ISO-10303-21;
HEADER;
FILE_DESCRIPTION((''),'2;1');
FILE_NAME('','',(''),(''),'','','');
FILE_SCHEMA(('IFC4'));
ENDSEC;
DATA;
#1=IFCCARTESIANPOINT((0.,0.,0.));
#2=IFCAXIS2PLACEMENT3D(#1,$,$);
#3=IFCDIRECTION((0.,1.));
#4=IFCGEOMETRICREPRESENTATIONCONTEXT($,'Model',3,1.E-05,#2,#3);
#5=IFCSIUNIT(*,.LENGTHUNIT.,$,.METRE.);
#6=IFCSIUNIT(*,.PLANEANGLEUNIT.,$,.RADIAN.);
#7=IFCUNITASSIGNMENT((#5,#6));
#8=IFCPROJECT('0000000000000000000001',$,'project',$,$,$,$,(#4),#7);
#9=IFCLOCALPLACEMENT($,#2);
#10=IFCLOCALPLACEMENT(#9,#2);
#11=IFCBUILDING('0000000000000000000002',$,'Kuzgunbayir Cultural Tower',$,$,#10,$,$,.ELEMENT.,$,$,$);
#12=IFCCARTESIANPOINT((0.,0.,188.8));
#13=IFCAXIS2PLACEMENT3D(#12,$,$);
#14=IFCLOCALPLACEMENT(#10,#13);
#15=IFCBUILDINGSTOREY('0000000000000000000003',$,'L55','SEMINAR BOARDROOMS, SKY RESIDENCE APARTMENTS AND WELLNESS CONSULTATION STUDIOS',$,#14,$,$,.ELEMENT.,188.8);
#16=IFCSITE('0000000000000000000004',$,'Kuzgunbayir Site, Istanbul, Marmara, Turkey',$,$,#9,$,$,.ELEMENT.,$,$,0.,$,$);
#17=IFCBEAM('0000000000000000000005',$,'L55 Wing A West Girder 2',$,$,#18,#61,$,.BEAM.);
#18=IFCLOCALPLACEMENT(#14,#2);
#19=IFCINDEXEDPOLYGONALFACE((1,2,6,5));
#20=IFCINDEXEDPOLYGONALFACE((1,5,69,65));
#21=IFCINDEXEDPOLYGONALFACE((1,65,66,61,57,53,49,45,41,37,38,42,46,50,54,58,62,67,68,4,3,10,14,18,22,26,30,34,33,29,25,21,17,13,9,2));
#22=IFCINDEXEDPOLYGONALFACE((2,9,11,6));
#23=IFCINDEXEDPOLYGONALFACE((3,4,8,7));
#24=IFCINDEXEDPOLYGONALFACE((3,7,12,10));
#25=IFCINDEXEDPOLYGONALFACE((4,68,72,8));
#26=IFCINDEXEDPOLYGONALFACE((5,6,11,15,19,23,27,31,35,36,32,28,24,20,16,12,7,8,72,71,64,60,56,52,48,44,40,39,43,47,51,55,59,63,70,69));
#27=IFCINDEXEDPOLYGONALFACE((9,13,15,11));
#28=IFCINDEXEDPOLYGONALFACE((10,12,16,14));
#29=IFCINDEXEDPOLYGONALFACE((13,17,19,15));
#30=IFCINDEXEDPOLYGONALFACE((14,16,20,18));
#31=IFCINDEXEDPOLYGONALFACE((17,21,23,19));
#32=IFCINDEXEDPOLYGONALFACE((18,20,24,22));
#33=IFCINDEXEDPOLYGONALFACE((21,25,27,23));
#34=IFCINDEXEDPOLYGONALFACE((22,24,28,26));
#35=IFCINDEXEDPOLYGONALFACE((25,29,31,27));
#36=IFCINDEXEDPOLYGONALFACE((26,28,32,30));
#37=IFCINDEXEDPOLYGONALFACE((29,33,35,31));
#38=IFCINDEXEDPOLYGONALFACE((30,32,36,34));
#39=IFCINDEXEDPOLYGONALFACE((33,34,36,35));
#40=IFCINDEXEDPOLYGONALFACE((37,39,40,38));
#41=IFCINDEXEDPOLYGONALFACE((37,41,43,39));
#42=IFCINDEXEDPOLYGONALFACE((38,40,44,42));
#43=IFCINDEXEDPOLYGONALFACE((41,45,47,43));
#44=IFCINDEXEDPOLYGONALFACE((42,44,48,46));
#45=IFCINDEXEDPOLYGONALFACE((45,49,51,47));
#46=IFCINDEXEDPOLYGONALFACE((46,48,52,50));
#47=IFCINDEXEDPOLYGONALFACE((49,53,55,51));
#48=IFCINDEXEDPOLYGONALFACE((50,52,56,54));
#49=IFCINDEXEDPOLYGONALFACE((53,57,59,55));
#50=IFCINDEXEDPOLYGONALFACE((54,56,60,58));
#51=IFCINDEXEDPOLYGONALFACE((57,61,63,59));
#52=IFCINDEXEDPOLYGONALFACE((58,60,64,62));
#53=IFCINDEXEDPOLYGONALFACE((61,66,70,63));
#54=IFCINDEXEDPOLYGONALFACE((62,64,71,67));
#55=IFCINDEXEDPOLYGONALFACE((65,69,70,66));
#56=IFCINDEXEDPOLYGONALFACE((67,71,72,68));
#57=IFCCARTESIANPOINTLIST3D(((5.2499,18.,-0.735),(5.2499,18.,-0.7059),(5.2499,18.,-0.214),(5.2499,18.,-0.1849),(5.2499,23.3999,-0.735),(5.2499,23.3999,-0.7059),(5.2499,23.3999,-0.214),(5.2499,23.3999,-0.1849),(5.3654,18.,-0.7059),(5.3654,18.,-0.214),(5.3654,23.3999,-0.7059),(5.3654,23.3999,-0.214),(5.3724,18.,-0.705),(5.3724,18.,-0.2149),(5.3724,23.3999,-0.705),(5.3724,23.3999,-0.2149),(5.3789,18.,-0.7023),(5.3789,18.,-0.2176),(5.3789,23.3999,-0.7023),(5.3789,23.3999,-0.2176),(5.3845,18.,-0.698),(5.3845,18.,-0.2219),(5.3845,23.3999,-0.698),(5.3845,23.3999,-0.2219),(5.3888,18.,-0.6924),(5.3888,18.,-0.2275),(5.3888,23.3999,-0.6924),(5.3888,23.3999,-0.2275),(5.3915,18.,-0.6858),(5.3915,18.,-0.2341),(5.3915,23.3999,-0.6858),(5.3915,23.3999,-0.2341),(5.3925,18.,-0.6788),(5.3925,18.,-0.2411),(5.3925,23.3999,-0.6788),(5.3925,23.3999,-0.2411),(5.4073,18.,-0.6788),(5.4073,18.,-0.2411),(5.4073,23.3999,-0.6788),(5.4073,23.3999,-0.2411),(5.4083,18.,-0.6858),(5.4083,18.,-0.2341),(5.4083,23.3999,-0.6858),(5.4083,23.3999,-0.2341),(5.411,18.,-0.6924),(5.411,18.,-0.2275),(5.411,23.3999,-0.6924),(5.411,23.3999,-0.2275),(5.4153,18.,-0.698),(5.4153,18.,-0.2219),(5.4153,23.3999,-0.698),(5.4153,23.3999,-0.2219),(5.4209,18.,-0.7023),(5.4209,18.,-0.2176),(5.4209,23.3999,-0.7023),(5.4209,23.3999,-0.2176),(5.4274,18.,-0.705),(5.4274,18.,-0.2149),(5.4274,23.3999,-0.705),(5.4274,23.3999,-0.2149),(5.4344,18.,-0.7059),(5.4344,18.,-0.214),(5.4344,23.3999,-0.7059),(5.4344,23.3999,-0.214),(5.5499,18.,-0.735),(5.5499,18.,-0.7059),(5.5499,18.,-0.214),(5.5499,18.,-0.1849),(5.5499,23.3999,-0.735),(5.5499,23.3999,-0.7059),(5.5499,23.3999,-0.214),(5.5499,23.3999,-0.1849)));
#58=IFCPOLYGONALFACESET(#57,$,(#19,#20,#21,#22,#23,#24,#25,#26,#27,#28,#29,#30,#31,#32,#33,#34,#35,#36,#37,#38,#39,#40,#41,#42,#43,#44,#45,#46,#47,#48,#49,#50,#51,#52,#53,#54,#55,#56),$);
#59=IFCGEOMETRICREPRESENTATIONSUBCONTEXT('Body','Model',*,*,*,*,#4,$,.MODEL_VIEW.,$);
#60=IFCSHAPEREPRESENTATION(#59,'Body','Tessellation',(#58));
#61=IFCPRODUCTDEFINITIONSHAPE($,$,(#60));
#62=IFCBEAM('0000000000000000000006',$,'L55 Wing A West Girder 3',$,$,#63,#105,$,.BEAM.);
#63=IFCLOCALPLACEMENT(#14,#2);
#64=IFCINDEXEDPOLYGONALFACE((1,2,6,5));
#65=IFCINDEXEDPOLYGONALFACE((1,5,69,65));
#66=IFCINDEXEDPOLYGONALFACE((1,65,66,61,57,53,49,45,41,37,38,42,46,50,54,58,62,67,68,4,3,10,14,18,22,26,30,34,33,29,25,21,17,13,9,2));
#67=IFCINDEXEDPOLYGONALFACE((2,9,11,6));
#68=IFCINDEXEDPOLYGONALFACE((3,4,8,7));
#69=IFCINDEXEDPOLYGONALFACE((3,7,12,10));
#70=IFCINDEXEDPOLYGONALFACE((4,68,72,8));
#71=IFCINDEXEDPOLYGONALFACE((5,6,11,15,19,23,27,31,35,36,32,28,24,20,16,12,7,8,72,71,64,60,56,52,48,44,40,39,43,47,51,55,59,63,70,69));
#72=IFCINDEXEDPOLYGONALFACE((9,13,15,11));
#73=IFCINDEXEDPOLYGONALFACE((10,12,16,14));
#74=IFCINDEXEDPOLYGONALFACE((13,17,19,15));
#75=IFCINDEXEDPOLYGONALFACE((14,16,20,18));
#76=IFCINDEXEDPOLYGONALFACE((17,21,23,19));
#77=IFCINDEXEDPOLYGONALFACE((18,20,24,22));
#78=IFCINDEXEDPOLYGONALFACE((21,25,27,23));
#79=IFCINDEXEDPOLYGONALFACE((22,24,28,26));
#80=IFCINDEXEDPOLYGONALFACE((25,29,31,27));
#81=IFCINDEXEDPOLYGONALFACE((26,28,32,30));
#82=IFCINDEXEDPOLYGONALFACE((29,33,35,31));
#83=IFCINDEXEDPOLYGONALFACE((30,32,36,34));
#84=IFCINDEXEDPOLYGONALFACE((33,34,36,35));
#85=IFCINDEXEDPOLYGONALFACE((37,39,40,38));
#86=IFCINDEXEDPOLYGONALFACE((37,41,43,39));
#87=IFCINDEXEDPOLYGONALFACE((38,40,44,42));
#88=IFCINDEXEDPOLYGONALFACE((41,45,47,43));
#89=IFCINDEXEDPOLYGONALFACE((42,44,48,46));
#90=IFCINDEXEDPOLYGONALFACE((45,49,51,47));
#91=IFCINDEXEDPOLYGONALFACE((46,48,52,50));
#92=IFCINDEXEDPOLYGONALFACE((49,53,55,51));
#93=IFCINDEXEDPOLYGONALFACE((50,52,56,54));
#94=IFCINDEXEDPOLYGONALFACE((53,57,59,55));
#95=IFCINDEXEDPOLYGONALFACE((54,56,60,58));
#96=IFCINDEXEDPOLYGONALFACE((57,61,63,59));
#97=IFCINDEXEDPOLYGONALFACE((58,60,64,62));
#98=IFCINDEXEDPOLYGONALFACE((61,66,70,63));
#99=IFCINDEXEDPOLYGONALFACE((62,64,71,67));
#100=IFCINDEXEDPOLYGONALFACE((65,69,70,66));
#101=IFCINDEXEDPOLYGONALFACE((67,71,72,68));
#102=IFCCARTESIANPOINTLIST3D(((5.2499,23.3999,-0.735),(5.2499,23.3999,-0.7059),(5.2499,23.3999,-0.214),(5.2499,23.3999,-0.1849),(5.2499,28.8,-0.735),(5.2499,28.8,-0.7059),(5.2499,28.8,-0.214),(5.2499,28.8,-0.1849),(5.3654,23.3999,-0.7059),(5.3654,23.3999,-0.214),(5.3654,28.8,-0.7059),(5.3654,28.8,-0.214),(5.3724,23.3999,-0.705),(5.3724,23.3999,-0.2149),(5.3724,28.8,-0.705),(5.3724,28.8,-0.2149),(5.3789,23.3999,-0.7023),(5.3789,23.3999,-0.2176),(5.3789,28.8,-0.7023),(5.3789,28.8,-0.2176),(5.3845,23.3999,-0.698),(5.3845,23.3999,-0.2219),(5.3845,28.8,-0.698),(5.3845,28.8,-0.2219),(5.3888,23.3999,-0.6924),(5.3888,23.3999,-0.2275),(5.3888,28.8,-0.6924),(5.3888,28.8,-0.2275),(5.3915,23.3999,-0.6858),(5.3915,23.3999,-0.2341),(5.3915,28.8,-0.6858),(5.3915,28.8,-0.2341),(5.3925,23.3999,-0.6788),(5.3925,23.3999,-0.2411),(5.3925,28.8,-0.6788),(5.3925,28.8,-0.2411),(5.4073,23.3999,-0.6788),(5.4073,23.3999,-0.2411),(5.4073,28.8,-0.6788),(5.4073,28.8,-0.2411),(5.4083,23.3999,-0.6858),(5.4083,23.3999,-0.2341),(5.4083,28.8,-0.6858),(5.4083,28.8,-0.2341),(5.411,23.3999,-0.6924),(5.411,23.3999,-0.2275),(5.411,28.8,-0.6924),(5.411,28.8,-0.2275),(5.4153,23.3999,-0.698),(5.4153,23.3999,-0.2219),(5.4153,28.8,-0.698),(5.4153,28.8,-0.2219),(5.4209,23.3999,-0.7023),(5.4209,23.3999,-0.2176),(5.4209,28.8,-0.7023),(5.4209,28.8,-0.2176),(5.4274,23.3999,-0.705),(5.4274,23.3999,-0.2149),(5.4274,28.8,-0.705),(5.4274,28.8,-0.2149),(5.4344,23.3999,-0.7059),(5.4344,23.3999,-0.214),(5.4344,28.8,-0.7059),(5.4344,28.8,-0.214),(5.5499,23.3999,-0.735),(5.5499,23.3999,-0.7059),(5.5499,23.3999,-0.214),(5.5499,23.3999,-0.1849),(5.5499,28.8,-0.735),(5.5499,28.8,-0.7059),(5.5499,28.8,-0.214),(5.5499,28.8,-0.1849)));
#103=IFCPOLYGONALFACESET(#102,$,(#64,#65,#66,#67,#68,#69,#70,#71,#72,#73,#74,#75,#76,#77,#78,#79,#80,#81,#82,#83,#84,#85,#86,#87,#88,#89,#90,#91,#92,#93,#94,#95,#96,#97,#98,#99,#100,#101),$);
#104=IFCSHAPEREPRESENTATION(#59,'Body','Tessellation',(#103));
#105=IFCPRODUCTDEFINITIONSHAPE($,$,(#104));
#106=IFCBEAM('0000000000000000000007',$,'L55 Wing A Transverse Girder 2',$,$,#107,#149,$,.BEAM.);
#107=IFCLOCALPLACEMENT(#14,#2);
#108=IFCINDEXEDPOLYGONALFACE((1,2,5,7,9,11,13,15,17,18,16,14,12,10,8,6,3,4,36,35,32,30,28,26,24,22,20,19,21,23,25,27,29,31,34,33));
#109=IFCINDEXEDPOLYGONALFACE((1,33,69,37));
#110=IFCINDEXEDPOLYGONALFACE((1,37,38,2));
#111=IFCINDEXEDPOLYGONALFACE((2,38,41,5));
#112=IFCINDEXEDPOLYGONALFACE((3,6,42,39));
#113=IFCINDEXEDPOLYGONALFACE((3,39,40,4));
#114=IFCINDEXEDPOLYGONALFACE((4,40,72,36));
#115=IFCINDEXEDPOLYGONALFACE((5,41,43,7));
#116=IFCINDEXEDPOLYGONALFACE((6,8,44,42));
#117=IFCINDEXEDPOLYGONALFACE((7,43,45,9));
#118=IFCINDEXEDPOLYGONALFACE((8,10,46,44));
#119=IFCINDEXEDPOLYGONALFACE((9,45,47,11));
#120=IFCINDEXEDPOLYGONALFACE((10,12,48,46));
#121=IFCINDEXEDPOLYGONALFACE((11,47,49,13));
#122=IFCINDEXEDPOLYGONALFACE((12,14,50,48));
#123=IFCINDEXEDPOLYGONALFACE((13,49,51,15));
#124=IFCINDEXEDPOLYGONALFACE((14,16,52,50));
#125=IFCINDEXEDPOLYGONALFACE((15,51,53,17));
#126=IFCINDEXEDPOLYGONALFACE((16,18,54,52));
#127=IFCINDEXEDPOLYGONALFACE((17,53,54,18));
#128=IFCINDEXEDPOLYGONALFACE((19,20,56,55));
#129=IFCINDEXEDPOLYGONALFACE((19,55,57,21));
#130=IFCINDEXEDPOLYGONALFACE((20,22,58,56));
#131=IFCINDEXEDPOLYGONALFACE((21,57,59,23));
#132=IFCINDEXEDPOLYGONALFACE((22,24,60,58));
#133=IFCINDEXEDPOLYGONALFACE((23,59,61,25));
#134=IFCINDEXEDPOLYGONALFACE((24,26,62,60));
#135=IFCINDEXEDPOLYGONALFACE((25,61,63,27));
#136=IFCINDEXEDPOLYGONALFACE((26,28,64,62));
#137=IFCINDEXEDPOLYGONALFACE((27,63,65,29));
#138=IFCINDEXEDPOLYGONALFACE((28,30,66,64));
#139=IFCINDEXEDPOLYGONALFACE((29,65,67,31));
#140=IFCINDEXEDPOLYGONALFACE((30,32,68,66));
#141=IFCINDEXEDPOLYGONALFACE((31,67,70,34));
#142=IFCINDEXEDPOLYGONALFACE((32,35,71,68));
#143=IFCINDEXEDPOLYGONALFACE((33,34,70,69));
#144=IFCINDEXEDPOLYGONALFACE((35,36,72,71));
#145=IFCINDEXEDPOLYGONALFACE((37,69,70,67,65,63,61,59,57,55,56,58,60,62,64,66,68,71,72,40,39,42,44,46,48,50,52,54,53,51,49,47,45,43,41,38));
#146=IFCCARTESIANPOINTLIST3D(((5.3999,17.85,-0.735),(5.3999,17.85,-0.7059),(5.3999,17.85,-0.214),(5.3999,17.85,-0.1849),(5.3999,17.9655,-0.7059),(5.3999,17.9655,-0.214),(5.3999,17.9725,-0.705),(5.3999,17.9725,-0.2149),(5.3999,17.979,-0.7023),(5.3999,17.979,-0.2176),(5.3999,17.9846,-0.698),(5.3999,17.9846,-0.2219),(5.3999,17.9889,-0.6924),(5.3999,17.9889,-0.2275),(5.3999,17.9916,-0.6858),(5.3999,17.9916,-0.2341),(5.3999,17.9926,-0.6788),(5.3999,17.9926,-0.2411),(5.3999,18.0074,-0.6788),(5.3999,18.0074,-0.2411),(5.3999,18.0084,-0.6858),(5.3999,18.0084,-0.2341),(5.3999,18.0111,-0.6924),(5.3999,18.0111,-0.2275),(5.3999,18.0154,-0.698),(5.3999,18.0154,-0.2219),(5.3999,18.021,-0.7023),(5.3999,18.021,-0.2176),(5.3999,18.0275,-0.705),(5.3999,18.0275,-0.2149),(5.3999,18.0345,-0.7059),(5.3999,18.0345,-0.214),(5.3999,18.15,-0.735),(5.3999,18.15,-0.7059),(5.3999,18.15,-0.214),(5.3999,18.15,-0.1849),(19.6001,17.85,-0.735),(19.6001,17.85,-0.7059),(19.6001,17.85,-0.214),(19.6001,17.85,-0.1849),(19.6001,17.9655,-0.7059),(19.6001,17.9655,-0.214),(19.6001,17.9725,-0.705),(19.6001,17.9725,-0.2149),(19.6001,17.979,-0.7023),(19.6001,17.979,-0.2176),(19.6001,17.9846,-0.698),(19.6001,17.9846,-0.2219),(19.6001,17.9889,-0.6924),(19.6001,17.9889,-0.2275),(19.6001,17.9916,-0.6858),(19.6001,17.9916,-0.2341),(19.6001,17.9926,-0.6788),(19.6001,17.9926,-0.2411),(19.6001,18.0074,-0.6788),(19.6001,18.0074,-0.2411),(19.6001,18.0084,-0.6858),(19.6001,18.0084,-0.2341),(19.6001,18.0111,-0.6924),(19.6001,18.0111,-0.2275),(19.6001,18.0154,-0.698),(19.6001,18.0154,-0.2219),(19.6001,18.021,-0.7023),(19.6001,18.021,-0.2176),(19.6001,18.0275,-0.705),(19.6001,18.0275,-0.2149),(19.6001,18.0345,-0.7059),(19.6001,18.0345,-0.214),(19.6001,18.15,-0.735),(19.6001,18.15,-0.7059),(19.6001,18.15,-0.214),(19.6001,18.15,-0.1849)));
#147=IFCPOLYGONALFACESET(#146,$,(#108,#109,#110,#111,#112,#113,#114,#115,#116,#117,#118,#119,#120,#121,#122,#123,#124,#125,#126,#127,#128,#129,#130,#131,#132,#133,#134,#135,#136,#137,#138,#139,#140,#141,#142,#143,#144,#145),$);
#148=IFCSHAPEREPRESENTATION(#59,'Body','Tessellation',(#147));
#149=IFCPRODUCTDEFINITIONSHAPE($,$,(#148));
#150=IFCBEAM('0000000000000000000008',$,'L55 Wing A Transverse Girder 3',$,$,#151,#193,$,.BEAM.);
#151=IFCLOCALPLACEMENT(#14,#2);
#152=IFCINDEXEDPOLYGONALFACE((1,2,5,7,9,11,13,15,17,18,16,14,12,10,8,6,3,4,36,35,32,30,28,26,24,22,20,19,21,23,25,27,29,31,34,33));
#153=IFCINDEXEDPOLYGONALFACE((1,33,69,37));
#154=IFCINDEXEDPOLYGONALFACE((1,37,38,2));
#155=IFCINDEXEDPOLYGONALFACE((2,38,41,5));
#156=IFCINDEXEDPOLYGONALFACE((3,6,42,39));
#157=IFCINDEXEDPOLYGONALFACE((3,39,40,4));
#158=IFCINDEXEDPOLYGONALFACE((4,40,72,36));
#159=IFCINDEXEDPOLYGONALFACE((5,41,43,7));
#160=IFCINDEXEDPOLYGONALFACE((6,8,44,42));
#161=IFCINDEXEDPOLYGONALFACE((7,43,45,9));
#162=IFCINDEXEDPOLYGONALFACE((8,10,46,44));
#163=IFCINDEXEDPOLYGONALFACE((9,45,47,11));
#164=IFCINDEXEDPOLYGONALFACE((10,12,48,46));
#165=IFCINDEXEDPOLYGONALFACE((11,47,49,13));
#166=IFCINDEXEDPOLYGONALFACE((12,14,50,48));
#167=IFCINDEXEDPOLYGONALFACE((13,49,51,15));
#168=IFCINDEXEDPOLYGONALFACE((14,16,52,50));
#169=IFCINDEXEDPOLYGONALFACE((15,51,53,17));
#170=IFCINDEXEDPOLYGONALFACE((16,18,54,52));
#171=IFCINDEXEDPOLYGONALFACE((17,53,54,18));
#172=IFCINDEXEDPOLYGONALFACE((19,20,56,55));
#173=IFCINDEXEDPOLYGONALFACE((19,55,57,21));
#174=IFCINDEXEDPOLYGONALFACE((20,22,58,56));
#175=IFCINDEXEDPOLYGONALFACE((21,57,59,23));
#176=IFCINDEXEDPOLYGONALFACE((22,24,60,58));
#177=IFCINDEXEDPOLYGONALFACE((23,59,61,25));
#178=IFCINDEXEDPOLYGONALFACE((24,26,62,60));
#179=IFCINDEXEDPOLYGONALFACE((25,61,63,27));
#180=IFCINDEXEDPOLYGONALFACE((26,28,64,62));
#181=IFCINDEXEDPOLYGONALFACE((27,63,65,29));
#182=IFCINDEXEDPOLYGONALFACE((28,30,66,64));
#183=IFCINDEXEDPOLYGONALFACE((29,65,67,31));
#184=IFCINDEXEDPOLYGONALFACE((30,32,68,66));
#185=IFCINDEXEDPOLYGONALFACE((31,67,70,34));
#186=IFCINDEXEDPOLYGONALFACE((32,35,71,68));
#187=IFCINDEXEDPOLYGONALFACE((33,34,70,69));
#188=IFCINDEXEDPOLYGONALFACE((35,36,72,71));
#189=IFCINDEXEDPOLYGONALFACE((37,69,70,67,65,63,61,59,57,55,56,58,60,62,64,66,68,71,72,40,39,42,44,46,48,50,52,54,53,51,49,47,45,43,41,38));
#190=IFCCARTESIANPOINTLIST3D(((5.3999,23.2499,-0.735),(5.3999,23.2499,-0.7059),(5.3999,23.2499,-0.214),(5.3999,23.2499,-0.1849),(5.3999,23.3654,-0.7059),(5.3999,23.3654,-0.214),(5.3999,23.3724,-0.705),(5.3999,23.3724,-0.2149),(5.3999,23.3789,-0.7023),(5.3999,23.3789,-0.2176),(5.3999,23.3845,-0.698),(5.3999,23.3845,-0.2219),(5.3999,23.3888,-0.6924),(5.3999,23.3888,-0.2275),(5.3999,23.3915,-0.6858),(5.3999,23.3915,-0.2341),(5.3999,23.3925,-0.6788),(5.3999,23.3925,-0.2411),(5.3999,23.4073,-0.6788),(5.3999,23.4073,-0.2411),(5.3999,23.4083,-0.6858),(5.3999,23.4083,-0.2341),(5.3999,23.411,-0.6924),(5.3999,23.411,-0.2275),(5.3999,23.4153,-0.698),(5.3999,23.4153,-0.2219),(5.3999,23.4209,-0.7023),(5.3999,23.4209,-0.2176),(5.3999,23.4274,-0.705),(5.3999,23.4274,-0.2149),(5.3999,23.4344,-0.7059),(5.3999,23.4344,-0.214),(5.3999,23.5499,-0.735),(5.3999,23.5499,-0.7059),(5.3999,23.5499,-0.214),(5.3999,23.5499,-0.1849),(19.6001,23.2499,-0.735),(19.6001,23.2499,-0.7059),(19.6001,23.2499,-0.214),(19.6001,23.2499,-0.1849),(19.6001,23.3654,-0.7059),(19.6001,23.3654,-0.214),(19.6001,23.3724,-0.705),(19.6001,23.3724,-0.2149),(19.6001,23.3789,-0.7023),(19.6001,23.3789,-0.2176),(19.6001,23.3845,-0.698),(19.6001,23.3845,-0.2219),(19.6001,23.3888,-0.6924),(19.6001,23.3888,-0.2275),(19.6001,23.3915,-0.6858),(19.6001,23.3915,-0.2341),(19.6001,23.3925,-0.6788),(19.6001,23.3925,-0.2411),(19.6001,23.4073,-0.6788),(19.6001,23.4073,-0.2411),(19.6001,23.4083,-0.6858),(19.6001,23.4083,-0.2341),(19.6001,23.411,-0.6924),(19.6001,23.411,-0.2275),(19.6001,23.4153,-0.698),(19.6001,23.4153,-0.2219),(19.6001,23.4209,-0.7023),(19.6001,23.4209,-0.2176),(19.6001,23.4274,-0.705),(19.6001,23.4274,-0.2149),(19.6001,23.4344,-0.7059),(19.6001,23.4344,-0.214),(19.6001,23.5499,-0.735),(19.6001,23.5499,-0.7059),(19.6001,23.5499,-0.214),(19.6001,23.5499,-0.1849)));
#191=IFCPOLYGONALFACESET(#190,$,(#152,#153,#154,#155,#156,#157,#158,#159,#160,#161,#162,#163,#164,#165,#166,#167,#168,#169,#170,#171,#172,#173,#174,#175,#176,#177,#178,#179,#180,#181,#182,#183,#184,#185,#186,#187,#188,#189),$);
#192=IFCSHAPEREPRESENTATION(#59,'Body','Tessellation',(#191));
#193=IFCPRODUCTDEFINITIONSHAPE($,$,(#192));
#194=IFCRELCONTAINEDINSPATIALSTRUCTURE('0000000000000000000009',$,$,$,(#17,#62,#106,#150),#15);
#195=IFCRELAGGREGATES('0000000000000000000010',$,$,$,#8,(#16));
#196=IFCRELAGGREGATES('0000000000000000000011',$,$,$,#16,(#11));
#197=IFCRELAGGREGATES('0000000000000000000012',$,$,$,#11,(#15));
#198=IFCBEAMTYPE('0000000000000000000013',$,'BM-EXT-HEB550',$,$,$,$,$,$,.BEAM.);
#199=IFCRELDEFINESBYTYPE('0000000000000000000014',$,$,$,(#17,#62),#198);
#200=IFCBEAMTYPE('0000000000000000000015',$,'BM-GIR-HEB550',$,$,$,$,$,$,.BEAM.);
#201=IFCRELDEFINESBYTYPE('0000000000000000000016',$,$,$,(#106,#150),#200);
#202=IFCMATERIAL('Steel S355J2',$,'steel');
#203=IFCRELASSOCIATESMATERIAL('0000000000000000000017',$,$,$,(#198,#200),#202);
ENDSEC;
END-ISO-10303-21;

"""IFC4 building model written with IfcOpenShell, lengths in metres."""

from ifc_helpers import new_model, si_unit, direction, frame, origin, origin_2d, place, context, subcontext, project, spatial, i_section, extrude, material, material_profile, profile_set, type_object, element, save


model = new_model("IFC4")

# Units and contexts
model_context = context("Model", 3, precision=1e-05, world=origin(), true_north=direction((0.0, 1.0)))
body_context = subcontext(model_context, "Body", "Model", "MODEL_VIEW")
ifc_project = project(units=[si_unit("LENGTHUNIT", "METRE"), si_unit("PLANEANGLEUNIT", "RADIAN")], contexts=[model_context])

# Site, building, storey
site_placement = place(None, origin())
site = spatial("IfcSite", under=ifc_project, at=site_placement, Name="Kuzgunbayir Site, Istanbul, Marmara, Turkey", CompositionType="ELEMENT", RefElevation=0.0)
building_placement = place(site_placement, origin())
building = spatial("IfcBuilding", under=site, at=building_placement, Name="Kuzgunbayir Cultural Tower", CompositionType="ELEMENT")
storey_placement = place(building_placement, frame((0.0, 0.0, 188.8)))
storey = spatial("IfcBuildingStorey", under=building, at=storey_placement, Name="L55", Description="SEMINAR BOARDROOMS, SKY RESIDENCE APARTMENTS AND WELLNESS CONSULTATION STUDIOS", CompositionType="ELEMENT", Elevation=188.8)

# Beams
ifc_material_1 = material(Name="Steel S355J2", Category="steel")
ifc_material_profile_1 = material_profile(ifc_material_1, i_section(OverallWidth=0.3, OverallDepth=0.55, WebThickness=0.0149, FlangeThickness=0.0291, FilletRadius=0.0271, at=origin_2d()), Name="HEB 550")
ifc_profile_set_1 = profile_set([ifc_material_profile_1], Name="Steel S355J2")
beam_type_1 = type_object("IfcBeamType", Name="BM-EXT-HEB550", PredefinedType="BEAM", material=ifc_profile_set_1)
beam_1_placement = place(storey_placement, frame((5.3999, 18.0, -0.46), z_axis=(0.0, 1.0, 0.0), x_axis=(-1.0, 0.0, 0.0)))
element("IfcBeam", 1, at=beam_1_placement, inside=storey, type_object=beam_type_1, Name="L55 Wing A West Girder 2", PredefinedType="BEAM", context=body_context, shape_type="SweptSolid", body=[
    extrude(i_section(OverallWidth=0.3, OverallDepth=0.55, WebThickness=0.0149, FlangeThickness=0.0291, FilletRadius=0.0271, at=origin_2d()), origin(), (0.0, 0.0, 1.0), 5.3999),
])
beam_2_placement = place(storey_placement, frame((5.3999, 23.3999, -0.46), z_axis=(0.0, 1.0, 0.0), x_axis=(-1.0, 0.0, 0.0)))
element("IfcBeam", 2, at=beam_2_placement, inside=storey, type_object=beam_type_1, Name="L55 Wing A West Girder 3", PredefinedType="BEAM", context=body_context, shape_type="SweptSolid", body=[
    extrude(i_section(OverallWidth=0.3, OverallDepth=0.55, WebThickness=0.0149, FlangeThickness=0.0291, FilletRadius=0.0271, at=origin_2d()), origin(), (0.0, 0.0, 1.0), 5.4001),
])
ifc_material_profile_2 = material_profile(ifc_material_1, i_section(OverallWidth=0.3, OverallDepth=0.55, WebThickness=0.0149, FlangeThickness=0.0291, FilletRadius=0.0271, at=origin_2d()), Name="HEB 550")
ifc_profile_set_2 = profile_set([ifc_material_profile_2], Name="Steel S355J2")
beam_type_2 = type_object("IfcBeamType", Name="BM-GIR-HEB550", PredefinedType="BEAM", material=ifc_profile_set_2)
for number, where, z_axis, x_axis, name in (
    (3, (5.3999, 18.0, -0.46), (1.0, 0.0, 0.0), (0.0, 1.0, 0.0), "L55 Wing A Transverse Girder 2"),
    (4, (5.3999, 23.3999, -0.46), (1.0, 0.0, 0.0), (0.0, 1.0, 0.0), "L55 Wing A Transverse Girder 3"),
):
    element("IfcBeam", number, at=place(storey_placement, frame(where, z_axis=z_axis, x_axis=x_axis)), inside=storey, type_object=beam_type_2, Name=name, PredefinedType="BEAM", context=body_context, shape_type="SweptSolid", body=[
        extrude(i_section(OverallWidth=0.3, OverallDepth=0.55, WebThickness=0.0149, FlangeThickness=0.0291, FilletRadius=0.0271, at=origin_2d()), origin(), (0.0, 0.0, 1.0), 14.2002),
    ])

save(model, "model.ifc")
